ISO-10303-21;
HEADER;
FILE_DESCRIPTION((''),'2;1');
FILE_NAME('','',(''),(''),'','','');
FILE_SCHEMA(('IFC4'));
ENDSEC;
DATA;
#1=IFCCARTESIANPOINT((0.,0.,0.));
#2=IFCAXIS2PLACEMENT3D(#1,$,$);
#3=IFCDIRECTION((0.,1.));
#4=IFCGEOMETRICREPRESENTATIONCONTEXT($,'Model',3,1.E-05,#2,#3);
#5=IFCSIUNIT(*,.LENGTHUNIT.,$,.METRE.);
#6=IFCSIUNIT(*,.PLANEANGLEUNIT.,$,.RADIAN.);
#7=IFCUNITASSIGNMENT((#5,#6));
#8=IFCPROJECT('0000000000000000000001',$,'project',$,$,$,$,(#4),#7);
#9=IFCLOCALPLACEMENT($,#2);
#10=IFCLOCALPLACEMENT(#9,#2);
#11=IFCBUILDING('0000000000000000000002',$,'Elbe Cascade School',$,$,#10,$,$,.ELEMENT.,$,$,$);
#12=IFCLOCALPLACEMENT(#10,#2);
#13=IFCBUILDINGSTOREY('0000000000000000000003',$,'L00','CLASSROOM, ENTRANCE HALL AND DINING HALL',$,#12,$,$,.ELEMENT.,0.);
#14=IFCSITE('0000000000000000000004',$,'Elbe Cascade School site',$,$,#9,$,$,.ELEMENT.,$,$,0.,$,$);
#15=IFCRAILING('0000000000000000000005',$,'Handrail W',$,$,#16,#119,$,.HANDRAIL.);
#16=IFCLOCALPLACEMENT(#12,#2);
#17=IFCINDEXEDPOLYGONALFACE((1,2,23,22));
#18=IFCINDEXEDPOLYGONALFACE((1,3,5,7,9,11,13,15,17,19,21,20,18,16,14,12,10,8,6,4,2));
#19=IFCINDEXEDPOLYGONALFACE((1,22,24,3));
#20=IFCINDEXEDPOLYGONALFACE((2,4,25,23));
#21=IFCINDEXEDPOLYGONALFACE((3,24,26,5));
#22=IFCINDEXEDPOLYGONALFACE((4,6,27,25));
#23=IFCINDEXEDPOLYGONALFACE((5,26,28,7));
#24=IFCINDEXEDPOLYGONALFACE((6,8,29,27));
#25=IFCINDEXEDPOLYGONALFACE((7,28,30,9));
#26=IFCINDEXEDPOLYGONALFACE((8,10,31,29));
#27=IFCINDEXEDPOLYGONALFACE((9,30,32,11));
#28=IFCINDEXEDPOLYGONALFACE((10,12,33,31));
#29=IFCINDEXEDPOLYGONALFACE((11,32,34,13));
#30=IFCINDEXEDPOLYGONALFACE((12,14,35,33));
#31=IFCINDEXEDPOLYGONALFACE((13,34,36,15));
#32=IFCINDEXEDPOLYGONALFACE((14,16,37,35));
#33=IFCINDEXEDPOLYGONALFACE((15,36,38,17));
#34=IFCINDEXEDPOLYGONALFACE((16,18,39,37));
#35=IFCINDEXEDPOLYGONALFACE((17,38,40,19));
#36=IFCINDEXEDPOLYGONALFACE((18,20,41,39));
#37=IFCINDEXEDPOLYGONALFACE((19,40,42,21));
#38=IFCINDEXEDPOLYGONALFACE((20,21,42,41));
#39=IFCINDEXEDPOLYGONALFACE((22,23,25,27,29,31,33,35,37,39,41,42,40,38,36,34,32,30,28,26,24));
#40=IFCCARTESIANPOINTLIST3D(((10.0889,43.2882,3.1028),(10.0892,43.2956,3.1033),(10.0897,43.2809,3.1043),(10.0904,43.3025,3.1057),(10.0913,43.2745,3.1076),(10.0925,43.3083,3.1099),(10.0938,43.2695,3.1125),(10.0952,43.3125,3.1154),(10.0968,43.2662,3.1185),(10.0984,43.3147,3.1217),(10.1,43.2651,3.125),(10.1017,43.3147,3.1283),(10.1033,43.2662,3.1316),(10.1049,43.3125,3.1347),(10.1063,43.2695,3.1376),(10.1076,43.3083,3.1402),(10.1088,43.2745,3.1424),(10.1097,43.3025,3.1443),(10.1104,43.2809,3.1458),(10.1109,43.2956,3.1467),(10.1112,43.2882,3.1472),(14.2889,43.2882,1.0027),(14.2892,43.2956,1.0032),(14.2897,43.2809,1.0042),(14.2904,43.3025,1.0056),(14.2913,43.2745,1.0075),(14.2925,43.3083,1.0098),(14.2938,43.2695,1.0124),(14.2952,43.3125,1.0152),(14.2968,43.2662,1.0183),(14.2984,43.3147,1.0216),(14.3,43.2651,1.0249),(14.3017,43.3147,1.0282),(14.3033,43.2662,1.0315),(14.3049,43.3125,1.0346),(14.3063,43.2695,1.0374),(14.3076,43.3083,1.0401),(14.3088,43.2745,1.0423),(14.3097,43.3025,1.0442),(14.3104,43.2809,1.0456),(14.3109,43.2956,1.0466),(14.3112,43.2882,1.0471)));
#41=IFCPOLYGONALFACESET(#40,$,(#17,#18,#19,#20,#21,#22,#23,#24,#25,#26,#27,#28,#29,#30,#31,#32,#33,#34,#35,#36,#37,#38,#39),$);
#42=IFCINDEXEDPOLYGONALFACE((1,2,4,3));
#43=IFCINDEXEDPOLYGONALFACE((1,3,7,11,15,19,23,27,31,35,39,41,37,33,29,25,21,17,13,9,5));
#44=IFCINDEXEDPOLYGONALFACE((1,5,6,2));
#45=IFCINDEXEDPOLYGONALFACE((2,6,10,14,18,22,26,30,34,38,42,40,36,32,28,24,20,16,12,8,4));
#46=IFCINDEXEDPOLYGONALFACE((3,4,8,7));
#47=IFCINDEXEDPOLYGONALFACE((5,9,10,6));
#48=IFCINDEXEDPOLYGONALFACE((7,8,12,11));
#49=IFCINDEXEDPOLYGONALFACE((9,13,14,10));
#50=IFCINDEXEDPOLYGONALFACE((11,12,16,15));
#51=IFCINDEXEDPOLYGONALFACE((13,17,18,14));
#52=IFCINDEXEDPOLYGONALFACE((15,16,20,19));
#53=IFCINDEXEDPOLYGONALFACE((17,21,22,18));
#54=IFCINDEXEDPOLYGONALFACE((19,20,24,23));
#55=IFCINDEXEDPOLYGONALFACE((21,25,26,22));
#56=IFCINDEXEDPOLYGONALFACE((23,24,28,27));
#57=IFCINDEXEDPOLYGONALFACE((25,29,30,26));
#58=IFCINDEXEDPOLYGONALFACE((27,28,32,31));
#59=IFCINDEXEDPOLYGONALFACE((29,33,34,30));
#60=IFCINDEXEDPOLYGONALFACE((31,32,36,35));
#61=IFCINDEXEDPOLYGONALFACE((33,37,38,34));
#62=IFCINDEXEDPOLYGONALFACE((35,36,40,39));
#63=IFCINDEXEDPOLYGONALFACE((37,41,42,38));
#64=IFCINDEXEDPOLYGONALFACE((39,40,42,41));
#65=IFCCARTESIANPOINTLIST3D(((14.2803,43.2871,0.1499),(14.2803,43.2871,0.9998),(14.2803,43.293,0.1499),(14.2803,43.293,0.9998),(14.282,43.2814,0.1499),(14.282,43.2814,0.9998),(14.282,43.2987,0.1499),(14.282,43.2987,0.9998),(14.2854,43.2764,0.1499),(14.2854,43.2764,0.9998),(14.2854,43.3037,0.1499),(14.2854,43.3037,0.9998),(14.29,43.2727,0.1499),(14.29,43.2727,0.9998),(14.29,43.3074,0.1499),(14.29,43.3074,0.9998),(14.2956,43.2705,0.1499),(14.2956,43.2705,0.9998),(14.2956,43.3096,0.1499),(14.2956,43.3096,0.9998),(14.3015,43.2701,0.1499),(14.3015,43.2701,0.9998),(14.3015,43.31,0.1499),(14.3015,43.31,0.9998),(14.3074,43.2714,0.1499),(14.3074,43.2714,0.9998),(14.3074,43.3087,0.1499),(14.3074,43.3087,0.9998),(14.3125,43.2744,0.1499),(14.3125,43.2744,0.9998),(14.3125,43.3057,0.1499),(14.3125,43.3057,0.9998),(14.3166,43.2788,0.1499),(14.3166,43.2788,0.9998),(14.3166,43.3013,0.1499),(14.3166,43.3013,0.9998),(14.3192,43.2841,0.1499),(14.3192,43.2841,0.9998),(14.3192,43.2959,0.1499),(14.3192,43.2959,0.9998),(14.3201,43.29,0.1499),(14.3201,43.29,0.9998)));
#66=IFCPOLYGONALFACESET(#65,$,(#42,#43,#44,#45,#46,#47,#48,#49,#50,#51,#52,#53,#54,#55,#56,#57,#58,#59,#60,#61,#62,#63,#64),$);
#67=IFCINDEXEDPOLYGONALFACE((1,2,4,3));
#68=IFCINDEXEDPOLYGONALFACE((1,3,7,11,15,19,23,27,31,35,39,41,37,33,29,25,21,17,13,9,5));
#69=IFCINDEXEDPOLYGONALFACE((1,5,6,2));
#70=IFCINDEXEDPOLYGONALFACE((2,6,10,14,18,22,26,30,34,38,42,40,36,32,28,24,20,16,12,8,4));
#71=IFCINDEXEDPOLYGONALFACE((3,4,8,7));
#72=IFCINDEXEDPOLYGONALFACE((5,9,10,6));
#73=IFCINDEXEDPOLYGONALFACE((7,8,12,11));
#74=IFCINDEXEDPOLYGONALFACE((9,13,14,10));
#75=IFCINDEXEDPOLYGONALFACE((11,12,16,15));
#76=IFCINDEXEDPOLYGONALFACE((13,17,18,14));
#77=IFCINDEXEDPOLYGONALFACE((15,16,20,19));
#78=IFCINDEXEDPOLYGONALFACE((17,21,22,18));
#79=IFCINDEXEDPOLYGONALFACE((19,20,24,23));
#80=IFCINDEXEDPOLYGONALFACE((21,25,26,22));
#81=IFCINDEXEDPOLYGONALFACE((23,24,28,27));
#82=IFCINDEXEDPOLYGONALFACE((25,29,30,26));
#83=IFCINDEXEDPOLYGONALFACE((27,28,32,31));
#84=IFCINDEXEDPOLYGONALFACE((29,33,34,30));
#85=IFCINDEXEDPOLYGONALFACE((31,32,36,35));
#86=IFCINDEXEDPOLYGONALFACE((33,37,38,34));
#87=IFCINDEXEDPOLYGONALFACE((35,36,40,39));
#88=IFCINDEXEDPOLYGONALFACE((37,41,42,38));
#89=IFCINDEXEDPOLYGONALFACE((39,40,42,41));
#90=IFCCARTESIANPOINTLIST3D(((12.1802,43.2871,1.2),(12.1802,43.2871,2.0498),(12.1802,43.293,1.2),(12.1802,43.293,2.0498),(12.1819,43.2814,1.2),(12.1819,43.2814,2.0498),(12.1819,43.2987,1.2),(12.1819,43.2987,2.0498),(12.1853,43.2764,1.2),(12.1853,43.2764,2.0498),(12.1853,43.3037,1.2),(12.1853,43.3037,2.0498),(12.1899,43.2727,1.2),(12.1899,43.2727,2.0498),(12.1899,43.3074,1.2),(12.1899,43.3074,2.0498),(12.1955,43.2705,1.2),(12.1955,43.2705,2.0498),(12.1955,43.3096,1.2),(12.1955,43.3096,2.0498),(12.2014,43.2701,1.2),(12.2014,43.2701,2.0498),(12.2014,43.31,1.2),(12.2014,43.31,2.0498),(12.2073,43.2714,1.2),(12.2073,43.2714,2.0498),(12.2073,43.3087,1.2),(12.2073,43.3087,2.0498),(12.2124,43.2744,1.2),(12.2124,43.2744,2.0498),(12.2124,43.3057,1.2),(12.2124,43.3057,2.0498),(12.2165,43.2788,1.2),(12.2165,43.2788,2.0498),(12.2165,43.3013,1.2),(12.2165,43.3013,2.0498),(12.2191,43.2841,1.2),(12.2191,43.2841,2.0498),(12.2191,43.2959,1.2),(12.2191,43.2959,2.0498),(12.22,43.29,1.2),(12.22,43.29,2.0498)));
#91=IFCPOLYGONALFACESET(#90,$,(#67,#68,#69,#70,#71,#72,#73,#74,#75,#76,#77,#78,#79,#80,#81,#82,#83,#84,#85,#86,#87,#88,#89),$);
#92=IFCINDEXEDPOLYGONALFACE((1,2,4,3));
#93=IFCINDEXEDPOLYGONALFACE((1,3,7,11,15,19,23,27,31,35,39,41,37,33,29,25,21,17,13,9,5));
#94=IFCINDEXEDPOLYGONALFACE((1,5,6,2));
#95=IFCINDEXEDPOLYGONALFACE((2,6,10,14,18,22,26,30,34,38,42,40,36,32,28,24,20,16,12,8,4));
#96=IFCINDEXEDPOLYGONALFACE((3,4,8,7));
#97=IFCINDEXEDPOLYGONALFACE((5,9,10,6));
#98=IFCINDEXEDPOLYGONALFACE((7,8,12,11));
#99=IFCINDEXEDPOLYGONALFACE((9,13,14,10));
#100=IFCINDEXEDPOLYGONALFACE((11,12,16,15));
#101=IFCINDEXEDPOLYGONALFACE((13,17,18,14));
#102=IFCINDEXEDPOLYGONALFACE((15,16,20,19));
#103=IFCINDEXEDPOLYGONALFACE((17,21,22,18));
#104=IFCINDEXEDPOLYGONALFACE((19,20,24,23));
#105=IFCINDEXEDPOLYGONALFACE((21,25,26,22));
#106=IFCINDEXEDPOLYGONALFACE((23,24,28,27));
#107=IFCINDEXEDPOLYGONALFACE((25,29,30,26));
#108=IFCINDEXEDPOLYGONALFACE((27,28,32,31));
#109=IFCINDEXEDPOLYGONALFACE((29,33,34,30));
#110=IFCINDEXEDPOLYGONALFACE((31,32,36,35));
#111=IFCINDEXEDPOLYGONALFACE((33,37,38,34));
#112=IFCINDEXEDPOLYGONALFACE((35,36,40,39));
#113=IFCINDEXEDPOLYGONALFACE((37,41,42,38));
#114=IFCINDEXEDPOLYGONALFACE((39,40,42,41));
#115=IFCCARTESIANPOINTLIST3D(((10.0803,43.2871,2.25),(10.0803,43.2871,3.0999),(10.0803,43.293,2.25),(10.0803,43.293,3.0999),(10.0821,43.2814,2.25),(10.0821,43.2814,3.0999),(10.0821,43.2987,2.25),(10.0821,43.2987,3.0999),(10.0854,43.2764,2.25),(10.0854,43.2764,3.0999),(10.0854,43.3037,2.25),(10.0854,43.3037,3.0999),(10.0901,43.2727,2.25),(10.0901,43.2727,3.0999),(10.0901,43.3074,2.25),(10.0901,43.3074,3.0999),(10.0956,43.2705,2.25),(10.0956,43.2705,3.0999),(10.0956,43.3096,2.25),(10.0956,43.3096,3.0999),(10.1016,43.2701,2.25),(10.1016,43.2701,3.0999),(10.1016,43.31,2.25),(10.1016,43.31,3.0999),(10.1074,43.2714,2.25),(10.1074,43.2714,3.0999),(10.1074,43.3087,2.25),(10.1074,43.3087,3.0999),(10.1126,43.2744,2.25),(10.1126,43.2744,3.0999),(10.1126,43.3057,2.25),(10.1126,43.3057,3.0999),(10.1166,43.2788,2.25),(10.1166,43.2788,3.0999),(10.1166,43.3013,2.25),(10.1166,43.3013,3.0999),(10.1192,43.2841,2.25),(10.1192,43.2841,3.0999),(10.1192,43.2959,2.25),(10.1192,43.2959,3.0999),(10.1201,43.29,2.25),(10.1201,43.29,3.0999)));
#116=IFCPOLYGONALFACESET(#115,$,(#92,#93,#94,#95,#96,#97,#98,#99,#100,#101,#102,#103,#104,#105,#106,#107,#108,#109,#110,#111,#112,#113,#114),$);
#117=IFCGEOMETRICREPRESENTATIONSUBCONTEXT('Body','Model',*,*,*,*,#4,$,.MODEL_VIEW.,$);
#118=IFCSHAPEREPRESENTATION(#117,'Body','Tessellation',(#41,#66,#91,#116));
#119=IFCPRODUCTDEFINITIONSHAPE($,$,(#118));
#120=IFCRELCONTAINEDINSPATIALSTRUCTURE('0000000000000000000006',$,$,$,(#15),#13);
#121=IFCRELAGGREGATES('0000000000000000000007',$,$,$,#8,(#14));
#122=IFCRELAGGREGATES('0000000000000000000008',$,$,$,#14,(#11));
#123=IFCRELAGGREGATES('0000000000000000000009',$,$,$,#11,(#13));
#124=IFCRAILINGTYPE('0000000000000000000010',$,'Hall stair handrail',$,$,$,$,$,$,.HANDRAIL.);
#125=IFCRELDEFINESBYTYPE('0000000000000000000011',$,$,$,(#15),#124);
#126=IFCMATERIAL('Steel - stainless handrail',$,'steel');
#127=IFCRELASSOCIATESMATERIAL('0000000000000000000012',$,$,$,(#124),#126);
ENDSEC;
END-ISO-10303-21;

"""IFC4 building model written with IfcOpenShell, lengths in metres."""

from ifc_helpers import new_model, si_unit, direction, frame, origin, origin_2d, place, context, subcontext, project, spatial, circle, extrude, material, type_object, element, save


model = new_model("IFC4")

# Units and contexts
model_context = context("Model", 3, precision=1e-05, world=origin(), true_north=direction((0.0, 1.0)))
body_context = subcontext(model_context, "Body", "Model", "MODEL_VIEW")
ifc_project = project(units=[si_unit("LENGTHUNIT", "METRE"), si_unit("PLANEANGLEUNIT", "RADIAN")], contexts=[model_context])

# Site, building, storey
site_placement = place(None, origin())
site = spatial("IfcSite", under=ifc_project, at=site_placement, Name="Elbe Cascade School site", CompositionType="ELEMENT", RefElevation=0.0)
building_placement = place(site_placement, origin())
building = spatial("IfcBuilding", under=site, at=building_placement, Name="Elbe Cascade School", CompositionType="ELEMENT")
storey_placement = place(building_placement, origin())
storey = spatial("IfcBuildingStorey", under=building, at=storey_placement, Name="L00", Description="CLASSROOM, ENTRANCE HALL AND DINING HALL", CompositionType="ELEMENT", Elevation=0.0)

# Railing
ifc_material_1 = material(Name="Steel - stainless handrail", Category="steel")
railing_type = type_object("IfcRailingType", Name="Hall stair handrail", PredefinedType="HANDRAIL", material=ifc_material_1)
for number, where, name in (
    (1, (14.3, 43.29, 0.1499), "Handrail W"),
):
    element("IfcRailing", number, at=place(storey_placement, frame(where)), inside=storey, type_object=railing_type, Name=name, PredefinedType="HANDRAIL", context=body_context, shape_type="SweptSolid", body=[
        extrude(circle(Radius=0.0249, at=origin_2d()), frame((0.0, 0.0, 0.875), z_axis=(-0.894417, 0.0, 0.447234), x_axis=(0.0, -1.0, 0.0)), (0.0, 0.0, 1.0), 4.6958),
        extrude(circle(Radius=0.02, at=origin_2d()), origin(), (0.0, 0.0, 1.0), 0.8499),
        extrude(circle(Radius=0.02, at=origin_2d()), frame((-2.1001, 0.0, 1.05)), (0.0, 0.0, 1.0), 0.8499),
        extrude(circle(Radius=0.02, at=origin_2d()), frame((-4.2, 0.0, 2.1001)), (0.0, 0.0, 1.0), 0.8499),
    ])

save(model, "model.ifc")
